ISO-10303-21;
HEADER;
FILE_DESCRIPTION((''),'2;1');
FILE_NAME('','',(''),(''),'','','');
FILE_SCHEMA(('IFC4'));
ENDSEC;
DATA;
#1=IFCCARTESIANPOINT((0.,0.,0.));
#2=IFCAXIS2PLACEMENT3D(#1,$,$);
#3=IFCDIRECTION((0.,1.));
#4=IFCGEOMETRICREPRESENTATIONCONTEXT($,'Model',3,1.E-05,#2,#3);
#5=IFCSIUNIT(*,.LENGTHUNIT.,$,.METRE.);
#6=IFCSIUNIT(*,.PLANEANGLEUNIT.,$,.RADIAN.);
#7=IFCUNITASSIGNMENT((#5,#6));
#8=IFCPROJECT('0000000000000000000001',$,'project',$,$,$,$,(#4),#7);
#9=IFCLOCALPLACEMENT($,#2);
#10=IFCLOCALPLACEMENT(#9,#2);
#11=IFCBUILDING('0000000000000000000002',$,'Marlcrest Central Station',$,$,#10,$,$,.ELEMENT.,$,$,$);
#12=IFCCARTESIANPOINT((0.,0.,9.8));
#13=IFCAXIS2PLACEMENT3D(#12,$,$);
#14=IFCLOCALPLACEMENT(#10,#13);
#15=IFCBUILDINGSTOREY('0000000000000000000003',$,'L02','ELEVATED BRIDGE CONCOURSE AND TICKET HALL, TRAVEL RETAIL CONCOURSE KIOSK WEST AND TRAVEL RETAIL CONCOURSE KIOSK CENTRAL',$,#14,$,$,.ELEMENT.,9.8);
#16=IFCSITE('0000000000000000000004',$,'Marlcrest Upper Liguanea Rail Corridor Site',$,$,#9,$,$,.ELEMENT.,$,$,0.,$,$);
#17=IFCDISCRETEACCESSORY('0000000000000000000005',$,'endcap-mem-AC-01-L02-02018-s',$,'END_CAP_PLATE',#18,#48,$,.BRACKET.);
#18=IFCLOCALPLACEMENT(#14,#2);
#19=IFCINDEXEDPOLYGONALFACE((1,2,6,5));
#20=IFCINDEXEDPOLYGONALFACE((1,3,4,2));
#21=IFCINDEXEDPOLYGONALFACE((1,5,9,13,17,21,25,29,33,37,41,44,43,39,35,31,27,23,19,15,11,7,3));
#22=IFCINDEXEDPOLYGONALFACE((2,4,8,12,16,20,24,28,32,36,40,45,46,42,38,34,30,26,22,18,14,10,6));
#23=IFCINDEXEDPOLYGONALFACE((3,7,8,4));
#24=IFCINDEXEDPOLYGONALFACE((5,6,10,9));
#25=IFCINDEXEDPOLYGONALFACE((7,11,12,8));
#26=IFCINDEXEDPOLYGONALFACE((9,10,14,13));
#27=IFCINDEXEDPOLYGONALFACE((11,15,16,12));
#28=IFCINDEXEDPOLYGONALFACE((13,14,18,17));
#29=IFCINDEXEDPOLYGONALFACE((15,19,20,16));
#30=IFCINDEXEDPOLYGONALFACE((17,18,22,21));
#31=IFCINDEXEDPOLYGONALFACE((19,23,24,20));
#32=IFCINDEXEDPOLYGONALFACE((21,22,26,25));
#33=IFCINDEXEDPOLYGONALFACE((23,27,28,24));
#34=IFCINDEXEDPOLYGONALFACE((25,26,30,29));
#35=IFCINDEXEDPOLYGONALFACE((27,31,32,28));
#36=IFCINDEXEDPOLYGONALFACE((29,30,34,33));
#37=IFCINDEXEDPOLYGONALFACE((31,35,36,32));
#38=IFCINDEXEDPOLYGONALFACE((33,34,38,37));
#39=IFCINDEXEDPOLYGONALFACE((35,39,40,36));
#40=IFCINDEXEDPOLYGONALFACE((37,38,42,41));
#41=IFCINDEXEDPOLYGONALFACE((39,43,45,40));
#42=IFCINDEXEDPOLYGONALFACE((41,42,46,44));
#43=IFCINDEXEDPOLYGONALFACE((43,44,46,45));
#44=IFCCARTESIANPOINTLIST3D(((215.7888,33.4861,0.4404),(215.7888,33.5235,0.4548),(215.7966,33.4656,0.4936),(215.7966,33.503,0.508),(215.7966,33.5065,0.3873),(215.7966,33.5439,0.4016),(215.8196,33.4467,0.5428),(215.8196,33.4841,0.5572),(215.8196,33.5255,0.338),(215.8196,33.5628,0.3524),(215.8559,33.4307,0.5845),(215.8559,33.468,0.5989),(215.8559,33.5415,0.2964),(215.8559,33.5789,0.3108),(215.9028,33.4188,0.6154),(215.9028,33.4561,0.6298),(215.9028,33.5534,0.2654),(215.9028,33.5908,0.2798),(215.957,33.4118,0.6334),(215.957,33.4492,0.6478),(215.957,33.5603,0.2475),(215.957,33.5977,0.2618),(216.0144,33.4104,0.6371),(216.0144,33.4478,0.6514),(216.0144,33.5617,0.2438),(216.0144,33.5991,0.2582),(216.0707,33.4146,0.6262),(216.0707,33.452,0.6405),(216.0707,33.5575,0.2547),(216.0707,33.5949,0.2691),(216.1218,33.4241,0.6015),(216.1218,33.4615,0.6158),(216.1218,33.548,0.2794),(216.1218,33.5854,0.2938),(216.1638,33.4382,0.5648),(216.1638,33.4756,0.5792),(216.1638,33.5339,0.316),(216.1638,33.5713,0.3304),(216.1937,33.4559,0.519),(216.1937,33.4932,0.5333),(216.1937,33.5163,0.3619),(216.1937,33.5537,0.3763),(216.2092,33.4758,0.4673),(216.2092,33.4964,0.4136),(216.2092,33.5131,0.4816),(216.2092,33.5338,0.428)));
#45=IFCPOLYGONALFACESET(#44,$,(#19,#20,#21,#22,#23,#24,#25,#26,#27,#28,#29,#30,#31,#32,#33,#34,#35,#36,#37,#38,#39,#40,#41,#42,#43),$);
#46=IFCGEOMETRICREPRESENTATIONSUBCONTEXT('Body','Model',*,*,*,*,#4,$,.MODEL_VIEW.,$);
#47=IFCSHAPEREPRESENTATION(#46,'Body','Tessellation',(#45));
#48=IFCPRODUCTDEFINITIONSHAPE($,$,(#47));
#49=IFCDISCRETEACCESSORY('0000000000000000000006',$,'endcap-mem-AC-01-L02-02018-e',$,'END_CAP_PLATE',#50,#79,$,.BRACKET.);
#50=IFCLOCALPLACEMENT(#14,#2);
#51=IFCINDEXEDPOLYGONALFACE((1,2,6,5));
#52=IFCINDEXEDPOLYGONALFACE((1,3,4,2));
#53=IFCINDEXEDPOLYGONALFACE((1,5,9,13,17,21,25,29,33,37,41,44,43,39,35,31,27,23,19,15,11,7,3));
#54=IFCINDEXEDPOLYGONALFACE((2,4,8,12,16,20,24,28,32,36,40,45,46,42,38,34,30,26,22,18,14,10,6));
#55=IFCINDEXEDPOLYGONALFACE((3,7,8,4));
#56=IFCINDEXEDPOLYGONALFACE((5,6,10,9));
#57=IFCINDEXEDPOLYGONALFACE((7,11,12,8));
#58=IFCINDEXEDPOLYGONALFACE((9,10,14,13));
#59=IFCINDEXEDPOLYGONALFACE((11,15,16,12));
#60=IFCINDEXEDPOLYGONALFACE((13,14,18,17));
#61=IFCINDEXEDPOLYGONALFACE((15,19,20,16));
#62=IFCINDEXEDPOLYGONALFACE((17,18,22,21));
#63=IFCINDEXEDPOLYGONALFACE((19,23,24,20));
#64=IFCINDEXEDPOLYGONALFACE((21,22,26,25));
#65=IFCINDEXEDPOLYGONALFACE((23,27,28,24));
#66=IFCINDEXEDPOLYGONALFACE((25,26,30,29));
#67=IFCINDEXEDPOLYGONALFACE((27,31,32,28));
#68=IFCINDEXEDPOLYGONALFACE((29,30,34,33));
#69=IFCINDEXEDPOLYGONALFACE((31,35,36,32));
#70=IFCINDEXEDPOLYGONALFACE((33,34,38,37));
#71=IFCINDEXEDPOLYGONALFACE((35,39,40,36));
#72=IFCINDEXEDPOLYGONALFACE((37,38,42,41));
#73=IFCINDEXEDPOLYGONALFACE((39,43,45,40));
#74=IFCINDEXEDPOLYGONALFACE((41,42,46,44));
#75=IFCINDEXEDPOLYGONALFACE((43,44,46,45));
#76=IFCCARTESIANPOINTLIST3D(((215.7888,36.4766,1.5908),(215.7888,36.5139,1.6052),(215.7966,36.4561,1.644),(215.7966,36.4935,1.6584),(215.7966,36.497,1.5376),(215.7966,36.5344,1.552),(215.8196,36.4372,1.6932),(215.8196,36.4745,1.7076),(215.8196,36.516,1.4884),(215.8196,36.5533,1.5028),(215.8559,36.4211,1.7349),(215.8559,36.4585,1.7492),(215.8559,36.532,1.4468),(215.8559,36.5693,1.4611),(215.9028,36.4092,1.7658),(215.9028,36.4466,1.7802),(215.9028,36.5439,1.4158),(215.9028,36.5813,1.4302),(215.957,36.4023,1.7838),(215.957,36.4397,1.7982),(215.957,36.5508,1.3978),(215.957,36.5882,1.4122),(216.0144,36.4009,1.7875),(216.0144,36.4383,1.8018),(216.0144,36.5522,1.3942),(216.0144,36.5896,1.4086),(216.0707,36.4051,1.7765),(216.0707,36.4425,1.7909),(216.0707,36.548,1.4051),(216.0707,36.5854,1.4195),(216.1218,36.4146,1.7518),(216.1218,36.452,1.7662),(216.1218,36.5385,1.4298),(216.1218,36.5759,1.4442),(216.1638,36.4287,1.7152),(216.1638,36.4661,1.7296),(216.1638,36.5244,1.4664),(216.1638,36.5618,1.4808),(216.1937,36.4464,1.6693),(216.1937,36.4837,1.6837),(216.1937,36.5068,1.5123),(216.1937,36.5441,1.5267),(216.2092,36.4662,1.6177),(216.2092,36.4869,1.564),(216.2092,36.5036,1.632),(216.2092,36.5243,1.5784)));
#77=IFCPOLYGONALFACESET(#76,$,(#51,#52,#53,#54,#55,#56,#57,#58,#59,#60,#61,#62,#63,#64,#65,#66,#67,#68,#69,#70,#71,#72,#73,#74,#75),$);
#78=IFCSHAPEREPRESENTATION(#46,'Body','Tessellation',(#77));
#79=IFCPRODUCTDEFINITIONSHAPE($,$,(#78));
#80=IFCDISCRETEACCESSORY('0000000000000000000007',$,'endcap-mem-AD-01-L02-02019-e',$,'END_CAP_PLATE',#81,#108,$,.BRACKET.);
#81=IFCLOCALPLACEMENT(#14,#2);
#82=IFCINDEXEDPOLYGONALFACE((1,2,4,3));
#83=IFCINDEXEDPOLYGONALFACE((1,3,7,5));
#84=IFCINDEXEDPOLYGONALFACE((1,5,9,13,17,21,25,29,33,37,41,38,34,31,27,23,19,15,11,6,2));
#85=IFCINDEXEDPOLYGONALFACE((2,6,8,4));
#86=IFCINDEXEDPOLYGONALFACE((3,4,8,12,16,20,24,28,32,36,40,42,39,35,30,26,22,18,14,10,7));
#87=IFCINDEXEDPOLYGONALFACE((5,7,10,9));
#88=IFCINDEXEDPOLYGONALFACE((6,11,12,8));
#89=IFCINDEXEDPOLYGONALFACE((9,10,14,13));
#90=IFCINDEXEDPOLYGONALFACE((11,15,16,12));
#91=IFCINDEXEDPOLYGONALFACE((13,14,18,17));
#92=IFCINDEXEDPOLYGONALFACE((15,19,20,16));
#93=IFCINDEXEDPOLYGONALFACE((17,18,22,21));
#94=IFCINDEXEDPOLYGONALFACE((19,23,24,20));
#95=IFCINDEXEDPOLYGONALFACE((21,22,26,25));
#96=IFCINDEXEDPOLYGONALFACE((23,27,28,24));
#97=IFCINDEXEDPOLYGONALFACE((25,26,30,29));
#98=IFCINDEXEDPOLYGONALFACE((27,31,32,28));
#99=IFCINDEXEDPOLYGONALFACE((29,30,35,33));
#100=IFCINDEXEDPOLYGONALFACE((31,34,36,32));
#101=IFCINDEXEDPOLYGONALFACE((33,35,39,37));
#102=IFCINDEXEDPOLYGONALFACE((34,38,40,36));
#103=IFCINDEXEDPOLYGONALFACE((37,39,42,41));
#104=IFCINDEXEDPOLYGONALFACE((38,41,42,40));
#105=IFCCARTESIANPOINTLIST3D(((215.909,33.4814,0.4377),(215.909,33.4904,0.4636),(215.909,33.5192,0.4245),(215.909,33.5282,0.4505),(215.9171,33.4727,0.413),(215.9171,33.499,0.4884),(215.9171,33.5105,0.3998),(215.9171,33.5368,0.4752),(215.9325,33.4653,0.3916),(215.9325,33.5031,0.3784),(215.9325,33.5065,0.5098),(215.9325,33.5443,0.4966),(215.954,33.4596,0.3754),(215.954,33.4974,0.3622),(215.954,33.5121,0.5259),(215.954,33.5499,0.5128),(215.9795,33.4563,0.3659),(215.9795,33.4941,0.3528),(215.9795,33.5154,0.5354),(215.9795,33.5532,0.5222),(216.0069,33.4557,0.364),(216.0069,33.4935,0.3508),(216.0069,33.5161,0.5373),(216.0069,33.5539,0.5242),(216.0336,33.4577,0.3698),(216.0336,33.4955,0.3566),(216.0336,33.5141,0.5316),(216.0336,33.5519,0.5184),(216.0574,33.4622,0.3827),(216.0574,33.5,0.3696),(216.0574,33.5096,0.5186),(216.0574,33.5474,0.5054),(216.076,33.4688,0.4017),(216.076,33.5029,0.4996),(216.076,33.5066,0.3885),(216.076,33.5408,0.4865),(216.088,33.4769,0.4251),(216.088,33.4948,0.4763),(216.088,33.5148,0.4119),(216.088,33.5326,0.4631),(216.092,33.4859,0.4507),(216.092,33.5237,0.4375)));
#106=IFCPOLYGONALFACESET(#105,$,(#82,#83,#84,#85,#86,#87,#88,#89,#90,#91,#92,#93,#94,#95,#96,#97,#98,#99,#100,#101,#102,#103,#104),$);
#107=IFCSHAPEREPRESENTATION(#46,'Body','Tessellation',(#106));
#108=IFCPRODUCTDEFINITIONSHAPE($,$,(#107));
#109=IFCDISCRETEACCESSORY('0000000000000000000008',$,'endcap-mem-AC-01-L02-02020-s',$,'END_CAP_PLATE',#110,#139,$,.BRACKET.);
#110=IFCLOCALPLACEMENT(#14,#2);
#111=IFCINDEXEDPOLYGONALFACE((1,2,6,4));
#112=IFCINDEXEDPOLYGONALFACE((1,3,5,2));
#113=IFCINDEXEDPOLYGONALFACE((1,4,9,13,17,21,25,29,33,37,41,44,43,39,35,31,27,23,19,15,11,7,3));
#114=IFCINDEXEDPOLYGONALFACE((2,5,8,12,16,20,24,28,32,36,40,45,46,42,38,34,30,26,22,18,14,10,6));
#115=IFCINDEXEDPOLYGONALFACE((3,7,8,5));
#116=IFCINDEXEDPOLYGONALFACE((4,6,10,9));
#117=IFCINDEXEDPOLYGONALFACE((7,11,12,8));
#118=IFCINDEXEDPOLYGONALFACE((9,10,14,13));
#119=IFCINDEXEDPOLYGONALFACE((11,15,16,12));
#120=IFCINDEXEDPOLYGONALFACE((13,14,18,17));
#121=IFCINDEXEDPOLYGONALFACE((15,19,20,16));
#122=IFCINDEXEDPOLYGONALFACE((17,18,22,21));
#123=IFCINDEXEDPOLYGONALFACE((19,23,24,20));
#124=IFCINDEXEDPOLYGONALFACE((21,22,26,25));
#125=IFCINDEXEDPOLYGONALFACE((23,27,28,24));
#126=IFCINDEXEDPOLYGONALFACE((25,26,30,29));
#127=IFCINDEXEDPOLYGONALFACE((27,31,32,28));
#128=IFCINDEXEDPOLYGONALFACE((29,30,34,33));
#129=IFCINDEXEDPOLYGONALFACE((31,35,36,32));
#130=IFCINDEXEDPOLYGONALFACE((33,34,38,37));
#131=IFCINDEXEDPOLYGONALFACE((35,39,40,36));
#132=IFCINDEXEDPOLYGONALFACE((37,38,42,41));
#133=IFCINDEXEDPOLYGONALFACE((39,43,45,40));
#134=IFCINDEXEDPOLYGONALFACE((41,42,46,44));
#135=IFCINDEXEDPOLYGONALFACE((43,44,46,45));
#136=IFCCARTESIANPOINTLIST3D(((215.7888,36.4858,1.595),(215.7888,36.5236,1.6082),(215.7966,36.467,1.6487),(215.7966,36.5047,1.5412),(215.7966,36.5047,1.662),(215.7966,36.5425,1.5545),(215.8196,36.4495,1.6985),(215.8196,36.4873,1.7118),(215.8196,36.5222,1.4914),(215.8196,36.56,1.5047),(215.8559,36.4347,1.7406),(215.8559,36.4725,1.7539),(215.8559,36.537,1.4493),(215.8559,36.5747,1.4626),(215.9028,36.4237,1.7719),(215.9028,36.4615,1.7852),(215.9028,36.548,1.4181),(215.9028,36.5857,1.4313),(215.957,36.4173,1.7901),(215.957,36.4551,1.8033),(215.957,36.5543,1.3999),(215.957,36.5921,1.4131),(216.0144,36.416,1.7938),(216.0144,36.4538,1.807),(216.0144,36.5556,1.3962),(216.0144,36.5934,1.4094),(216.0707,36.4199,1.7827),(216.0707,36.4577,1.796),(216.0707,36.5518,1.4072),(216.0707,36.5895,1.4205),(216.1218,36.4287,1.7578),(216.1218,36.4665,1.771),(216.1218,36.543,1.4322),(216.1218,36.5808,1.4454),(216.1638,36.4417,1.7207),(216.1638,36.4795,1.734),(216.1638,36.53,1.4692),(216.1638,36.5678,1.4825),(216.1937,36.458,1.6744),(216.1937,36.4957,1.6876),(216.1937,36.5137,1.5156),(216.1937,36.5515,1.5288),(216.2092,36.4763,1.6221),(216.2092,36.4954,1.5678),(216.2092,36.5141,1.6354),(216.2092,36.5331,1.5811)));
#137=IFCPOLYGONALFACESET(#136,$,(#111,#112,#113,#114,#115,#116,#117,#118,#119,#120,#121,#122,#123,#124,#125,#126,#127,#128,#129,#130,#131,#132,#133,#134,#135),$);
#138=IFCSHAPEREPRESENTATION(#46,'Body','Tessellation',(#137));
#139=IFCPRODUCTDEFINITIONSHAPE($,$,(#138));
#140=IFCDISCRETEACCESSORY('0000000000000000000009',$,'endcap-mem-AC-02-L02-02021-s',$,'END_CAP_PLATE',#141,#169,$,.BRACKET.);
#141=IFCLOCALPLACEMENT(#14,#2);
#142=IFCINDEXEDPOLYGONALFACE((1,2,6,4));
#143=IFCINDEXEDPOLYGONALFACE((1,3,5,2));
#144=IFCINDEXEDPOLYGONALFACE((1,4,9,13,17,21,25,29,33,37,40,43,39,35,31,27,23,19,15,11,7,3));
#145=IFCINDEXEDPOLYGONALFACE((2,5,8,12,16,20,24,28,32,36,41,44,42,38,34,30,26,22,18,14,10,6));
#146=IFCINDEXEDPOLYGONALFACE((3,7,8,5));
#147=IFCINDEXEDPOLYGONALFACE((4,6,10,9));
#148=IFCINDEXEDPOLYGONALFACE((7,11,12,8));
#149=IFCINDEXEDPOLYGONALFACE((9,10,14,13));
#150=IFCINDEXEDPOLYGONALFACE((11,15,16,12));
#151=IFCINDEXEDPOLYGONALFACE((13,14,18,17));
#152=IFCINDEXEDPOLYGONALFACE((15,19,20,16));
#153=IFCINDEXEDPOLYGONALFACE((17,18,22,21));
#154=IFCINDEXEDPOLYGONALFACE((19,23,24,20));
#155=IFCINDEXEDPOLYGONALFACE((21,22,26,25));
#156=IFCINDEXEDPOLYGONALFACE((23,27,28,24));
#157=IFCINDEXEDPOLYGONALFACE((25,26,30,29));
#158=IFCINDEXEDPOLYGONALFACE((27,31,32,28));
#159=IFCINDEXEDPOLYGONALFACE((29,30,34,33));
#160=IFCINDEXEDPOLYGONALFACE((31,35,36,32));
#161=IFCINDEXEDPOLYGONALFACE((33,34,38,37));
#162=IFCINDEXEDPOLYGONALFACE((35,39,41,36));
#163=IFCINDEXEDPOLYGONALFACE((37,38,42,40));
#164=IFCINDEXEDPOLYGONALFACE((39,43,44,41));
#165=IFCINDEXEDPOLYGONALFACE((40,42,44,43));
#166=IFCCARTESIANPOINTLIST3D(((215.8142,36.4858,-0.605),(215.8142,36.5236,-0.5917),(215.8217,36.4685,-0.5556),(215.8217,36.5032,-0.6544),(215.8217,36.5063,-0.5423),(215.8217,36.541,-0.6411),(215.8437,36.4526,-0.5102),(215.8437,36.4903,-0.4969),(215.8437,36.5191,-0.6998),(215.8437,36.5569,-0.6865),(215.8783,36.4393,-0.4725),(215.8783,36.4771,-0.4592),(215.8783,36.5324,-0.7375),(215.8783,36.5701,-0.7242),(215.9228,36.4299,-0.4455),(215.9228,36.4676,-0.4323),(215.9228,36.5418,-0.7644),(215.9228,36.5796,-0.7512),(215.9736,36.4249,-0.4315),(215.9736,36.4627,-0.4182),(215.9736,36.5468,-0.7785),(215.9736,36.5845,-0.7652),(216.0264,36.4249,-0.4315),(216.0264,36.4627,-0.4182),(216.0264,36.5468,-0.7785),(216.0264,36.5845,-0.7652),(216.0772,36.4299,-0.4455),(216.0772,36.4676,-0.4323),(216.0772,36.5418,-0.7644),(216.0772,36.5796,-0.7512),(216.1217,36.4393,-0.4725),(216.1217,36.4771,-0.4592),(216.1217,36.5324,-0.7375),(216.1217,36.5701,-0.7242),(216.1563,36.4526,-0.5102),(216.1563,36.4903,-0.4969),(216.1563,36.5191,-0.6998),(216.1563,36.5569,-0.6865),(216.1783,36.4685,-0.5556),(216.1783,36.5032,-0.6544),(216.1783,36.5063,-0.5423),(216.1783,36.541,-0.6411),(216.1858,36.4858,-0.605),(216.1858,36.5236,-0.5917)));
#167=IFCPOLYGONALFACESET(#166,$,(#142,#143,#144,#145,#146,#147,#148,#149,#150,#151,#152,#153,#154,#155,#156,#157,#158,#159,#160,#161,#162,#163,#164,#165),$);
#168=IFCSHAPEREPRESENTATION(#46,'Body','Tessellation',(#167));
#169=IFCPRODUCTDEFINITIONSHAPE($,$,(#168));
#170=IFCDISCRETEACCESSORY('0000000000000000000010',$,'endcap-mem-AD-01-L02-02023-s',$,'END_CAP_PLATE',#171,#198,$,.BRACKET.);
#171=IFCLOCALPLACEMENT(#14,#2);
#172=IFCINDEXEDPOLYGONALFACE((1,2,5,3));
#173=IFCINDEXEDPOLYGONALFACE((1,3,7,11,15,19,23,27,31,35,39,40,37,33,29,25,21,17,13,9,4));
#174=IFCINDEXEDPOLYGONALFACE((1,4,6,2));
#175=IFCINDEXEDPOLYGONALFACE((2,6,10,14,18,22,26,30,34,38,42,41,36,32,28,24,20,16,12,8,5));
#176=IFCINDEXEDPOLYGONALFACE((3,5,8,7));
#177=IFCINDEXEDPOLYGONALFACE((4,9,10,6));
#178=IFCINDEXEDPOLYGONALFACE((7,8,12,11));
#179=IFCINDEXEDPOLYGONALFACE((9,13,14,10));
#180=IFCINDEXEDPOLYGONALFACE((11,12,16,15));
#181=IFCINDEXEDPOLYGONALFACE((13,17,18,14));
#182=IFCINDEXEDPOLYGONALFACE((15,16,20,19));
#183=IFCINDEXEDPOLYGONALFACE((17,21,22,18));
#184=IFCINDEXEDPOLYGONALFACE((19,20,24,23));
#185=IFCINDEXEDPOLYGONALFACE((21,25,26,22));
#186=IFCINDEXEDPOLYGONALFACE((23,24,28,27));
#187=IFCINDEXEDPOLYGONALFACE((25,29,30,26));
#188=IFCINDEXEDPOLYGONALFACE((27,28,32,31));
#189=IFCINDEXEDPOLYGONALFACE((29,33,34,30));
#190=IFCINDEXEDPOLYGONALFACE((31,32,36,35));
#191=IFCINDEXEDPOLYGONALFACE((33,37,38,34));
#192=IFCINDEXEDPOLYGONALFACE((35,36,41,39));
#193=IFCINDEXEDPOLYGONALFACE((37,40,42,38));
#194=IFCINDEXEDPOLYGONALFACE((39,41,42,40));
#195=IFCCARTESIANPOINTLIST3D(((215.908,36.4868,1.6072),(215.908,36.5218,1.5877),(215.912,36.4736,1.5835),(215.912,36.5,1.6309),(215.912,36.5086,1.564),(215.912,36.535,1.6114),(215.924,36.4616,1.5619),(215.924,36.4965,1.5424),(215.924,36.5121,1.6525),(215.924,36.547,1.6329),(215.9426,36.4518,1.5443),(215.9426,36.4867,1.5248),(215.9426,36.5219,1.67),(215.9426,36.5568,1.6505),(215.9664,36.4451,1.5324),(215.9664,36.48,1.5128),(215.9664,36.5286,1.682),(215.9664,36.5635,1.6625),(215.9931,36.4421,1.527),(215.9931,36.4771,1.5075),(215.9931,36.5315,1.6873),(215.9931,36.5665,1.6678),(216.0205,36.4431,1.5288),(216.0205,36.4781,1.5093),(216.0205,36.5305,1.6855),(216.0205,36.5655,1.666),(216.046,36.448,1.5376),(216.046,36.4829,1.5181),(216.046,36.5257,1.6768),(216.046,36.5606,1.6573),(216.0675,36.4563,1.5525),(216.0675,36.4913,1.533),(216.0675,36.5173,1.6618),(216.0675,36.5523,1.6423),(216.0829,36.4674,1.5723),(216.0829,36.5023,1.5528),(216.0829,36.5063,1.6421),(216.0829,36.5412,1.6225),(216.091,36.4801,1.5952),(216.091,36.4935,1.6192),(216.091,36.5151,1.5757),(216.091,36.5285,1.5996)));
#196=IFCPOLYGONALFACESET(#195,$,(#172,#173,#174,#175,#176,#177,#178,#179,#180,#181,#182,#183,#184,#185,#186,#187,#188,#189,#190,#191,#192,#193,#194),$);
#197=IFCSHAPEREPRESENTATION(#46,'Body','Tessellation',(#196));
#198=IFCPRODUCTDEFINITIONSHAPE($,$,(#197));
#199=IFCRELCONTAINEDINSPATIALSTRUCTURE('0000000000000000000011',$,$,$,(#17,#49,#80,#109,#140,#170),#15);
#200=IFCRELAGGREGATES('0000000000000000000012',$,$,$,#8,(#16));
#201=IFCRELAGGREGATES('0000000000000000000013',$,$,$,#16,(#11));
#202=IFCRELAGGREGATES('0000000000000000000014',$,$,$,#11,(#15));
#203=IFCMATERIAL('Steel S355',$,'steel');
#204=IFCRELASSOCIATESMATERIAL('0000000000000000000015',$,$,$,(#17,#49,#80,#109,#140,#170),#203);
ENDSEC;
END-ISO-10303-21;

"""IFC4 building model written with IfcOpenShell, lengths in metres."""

from ifc_helpers import new_model, si_unit, direction, frame, origin, origin_2d, place, context, subcontext, project, spatial, circle, extrude, material, element, save


model = new_model("IFC4")

# Units and contexts
model_context = context("Model", 3, precision=1e-05, world=origin(), true_north=direction((0.0, 1.0)))
body_context = subcontext(model_context, "Body", "Model", "MODEL_VIEW")
ifc_project = project(units=[si_unit("LENGTHUNIT", "METRE"), si_unit("PLANEANGLEUNIT", "RADIAN")], contexts=[model_context])

# Site, building, storey
site_placement = place(None, origin())
site = spatial("IfcSite", under=ifc_project, at=site_placement, Name="Marlcrest Upper Liguanea Rail Corridor Site", CompositionType="ELEMENT", RefElevation=0.0)
building_placement = place(site_placement, origin())
building = spatial("IfcBuilding", under=site, at=building_placement, Name="Marlcrest Central Station", CompositionType="ELEMENT")
storey_placement = place(building_placement, frame((0.0, 0.0, 9.8)))
storey = spatial("IfcBuildingStorey", under=building, at=storey_placement, Name="L02", Description="ELEVATED BRIDGE CONCOURSE AND TICKET HALL, TRAVEL RETAIL CONCOURSE KIOSK WEST AND TRAVEL RETAIL CONCOURSE KIOSK CENTRAL", CompositionType="ELEMENT", Elevation=9.8)

# Shared definitions
ifc_material_1 = material(Name="Steel S355", Category="steel")

# Discrete accessories
for number, where, z_axis, x_axis, name in (
    (1, (216.0, 33.4861, 0.4404), (0.0, 0.933324, 0.359035), (-1.0, 0.0, 0.0), "endcap-mem-AC-01-L02-02018-s"),
    (2, (216.0, 36.4766, 1.5908), (0.0, 0.933324, 0.359035), (-1.0, 0.0, 0.0), "endcap-mem-AC-01-L02-02018-e"),
):
    element("IfcDiscreteAccessory", number, at=place(storey_placement, frame(where, z_axis=z_axis, x_axis=x_axis)), inside=storey, material=ifc_material_1, Name=name, ObjectType="END_CAP_PLATE", PredefinedType="BRACKET", context=body_context, shape_type="SweptSolid", body=[
        extrude(circle(Radius=0.2112, at=origin_2d()), origin(), (0.0, 0.0, 1.0), 0.04),
    ])
discrete_accessory_1_placement = place(storey_placement, frame((216.0, 33.5237, 0.4375), z_axis=(0.0, -0.94426, 0.3292), x_axis=(1.0, 0.0, 0.0)))
element("IfcDiscreteAccessory", 3, at=discrete_accessory_1_placement, inside=storey, material=ifc_material_1, Name="endcap-mem-AD-01-L02-02019-e", ObjectType="END_CAP_PLATE", PredefinedType="BRACKET", context=body_context, shape_type="SweptSolid", body=[
    extrude(circle(Radius=0.092, at=origin_2d()), origin(), (0.0, 0.0, 1.0), 0.04),
])
discrete_accessory_2_placement = place(storey_placement, frame((216.0, 36.4858, 1.595), z_axis=(0.0, 0.943537, 0.331266), x_axis=(-1.0, 0.0, 0.0)))
element("IfcDiscreteAccessory", 4, at=discrete_accessory_2_placement, inside=storey, material=ifc_material_1, Name="endcap-mem-AC-01-L02-02020-s", ObjectType="END_CAP_PLATE", PredefinedType="BRACKET", context=body_context, shape_type="SweptSolid", body=[
    extrude(circle(Radius=0.2112, at=origin_2d()), origin(), (0.0, 0.0, 1.0), 0.04),
])
discrete_accessory_3_placement = place(storey_placement, frame((216.0, 36.4858, -0.605), z_axis=(0.0, 0.943537, 0.331266), x_axis=(-1.0, 0.0, 0.0)))
element("IfcDiscreteAccessory", 5, at=discrete_accessory_3_placement, inside=storey, material=ifc_material_1, Name="endcap-mem-AC-02-L02-02021-s", ObjectType="END_CAP_PLATE", PredefinedType="BRACKET", context=body_context, shape_type="SweptSolid", body=[
    extrude(circle(Radius=0.1858, at=origin_2d()), origin(), (0.0, 0.0, 1.0), 0.04),
])
discrete_accessory_4_placement = place(storey_placement, frame((216.0, 36.4868, 1.6072), z_axis=(0.0, 0.873246, -0.48728), x_axis=(-1.0, 0.0, 0.0)))
element("IfcDiscreteAccessory", 6, at=discrete_accessory_4_placement, inside=storey, material=ifc_material_1, Name="endcap-mem-AD-01-L02-02023-s", ObjectType="END_CAP_PLATE", PredefinedType="BRACKET", context=body_context, shape_type="SweptSolid", body=[
    extrude(circle(Radius=0.092, at=origin_2d()), origin(), (0.0, 0.0, 1.0), 0.04),
])

save(model, "model.ifc")
